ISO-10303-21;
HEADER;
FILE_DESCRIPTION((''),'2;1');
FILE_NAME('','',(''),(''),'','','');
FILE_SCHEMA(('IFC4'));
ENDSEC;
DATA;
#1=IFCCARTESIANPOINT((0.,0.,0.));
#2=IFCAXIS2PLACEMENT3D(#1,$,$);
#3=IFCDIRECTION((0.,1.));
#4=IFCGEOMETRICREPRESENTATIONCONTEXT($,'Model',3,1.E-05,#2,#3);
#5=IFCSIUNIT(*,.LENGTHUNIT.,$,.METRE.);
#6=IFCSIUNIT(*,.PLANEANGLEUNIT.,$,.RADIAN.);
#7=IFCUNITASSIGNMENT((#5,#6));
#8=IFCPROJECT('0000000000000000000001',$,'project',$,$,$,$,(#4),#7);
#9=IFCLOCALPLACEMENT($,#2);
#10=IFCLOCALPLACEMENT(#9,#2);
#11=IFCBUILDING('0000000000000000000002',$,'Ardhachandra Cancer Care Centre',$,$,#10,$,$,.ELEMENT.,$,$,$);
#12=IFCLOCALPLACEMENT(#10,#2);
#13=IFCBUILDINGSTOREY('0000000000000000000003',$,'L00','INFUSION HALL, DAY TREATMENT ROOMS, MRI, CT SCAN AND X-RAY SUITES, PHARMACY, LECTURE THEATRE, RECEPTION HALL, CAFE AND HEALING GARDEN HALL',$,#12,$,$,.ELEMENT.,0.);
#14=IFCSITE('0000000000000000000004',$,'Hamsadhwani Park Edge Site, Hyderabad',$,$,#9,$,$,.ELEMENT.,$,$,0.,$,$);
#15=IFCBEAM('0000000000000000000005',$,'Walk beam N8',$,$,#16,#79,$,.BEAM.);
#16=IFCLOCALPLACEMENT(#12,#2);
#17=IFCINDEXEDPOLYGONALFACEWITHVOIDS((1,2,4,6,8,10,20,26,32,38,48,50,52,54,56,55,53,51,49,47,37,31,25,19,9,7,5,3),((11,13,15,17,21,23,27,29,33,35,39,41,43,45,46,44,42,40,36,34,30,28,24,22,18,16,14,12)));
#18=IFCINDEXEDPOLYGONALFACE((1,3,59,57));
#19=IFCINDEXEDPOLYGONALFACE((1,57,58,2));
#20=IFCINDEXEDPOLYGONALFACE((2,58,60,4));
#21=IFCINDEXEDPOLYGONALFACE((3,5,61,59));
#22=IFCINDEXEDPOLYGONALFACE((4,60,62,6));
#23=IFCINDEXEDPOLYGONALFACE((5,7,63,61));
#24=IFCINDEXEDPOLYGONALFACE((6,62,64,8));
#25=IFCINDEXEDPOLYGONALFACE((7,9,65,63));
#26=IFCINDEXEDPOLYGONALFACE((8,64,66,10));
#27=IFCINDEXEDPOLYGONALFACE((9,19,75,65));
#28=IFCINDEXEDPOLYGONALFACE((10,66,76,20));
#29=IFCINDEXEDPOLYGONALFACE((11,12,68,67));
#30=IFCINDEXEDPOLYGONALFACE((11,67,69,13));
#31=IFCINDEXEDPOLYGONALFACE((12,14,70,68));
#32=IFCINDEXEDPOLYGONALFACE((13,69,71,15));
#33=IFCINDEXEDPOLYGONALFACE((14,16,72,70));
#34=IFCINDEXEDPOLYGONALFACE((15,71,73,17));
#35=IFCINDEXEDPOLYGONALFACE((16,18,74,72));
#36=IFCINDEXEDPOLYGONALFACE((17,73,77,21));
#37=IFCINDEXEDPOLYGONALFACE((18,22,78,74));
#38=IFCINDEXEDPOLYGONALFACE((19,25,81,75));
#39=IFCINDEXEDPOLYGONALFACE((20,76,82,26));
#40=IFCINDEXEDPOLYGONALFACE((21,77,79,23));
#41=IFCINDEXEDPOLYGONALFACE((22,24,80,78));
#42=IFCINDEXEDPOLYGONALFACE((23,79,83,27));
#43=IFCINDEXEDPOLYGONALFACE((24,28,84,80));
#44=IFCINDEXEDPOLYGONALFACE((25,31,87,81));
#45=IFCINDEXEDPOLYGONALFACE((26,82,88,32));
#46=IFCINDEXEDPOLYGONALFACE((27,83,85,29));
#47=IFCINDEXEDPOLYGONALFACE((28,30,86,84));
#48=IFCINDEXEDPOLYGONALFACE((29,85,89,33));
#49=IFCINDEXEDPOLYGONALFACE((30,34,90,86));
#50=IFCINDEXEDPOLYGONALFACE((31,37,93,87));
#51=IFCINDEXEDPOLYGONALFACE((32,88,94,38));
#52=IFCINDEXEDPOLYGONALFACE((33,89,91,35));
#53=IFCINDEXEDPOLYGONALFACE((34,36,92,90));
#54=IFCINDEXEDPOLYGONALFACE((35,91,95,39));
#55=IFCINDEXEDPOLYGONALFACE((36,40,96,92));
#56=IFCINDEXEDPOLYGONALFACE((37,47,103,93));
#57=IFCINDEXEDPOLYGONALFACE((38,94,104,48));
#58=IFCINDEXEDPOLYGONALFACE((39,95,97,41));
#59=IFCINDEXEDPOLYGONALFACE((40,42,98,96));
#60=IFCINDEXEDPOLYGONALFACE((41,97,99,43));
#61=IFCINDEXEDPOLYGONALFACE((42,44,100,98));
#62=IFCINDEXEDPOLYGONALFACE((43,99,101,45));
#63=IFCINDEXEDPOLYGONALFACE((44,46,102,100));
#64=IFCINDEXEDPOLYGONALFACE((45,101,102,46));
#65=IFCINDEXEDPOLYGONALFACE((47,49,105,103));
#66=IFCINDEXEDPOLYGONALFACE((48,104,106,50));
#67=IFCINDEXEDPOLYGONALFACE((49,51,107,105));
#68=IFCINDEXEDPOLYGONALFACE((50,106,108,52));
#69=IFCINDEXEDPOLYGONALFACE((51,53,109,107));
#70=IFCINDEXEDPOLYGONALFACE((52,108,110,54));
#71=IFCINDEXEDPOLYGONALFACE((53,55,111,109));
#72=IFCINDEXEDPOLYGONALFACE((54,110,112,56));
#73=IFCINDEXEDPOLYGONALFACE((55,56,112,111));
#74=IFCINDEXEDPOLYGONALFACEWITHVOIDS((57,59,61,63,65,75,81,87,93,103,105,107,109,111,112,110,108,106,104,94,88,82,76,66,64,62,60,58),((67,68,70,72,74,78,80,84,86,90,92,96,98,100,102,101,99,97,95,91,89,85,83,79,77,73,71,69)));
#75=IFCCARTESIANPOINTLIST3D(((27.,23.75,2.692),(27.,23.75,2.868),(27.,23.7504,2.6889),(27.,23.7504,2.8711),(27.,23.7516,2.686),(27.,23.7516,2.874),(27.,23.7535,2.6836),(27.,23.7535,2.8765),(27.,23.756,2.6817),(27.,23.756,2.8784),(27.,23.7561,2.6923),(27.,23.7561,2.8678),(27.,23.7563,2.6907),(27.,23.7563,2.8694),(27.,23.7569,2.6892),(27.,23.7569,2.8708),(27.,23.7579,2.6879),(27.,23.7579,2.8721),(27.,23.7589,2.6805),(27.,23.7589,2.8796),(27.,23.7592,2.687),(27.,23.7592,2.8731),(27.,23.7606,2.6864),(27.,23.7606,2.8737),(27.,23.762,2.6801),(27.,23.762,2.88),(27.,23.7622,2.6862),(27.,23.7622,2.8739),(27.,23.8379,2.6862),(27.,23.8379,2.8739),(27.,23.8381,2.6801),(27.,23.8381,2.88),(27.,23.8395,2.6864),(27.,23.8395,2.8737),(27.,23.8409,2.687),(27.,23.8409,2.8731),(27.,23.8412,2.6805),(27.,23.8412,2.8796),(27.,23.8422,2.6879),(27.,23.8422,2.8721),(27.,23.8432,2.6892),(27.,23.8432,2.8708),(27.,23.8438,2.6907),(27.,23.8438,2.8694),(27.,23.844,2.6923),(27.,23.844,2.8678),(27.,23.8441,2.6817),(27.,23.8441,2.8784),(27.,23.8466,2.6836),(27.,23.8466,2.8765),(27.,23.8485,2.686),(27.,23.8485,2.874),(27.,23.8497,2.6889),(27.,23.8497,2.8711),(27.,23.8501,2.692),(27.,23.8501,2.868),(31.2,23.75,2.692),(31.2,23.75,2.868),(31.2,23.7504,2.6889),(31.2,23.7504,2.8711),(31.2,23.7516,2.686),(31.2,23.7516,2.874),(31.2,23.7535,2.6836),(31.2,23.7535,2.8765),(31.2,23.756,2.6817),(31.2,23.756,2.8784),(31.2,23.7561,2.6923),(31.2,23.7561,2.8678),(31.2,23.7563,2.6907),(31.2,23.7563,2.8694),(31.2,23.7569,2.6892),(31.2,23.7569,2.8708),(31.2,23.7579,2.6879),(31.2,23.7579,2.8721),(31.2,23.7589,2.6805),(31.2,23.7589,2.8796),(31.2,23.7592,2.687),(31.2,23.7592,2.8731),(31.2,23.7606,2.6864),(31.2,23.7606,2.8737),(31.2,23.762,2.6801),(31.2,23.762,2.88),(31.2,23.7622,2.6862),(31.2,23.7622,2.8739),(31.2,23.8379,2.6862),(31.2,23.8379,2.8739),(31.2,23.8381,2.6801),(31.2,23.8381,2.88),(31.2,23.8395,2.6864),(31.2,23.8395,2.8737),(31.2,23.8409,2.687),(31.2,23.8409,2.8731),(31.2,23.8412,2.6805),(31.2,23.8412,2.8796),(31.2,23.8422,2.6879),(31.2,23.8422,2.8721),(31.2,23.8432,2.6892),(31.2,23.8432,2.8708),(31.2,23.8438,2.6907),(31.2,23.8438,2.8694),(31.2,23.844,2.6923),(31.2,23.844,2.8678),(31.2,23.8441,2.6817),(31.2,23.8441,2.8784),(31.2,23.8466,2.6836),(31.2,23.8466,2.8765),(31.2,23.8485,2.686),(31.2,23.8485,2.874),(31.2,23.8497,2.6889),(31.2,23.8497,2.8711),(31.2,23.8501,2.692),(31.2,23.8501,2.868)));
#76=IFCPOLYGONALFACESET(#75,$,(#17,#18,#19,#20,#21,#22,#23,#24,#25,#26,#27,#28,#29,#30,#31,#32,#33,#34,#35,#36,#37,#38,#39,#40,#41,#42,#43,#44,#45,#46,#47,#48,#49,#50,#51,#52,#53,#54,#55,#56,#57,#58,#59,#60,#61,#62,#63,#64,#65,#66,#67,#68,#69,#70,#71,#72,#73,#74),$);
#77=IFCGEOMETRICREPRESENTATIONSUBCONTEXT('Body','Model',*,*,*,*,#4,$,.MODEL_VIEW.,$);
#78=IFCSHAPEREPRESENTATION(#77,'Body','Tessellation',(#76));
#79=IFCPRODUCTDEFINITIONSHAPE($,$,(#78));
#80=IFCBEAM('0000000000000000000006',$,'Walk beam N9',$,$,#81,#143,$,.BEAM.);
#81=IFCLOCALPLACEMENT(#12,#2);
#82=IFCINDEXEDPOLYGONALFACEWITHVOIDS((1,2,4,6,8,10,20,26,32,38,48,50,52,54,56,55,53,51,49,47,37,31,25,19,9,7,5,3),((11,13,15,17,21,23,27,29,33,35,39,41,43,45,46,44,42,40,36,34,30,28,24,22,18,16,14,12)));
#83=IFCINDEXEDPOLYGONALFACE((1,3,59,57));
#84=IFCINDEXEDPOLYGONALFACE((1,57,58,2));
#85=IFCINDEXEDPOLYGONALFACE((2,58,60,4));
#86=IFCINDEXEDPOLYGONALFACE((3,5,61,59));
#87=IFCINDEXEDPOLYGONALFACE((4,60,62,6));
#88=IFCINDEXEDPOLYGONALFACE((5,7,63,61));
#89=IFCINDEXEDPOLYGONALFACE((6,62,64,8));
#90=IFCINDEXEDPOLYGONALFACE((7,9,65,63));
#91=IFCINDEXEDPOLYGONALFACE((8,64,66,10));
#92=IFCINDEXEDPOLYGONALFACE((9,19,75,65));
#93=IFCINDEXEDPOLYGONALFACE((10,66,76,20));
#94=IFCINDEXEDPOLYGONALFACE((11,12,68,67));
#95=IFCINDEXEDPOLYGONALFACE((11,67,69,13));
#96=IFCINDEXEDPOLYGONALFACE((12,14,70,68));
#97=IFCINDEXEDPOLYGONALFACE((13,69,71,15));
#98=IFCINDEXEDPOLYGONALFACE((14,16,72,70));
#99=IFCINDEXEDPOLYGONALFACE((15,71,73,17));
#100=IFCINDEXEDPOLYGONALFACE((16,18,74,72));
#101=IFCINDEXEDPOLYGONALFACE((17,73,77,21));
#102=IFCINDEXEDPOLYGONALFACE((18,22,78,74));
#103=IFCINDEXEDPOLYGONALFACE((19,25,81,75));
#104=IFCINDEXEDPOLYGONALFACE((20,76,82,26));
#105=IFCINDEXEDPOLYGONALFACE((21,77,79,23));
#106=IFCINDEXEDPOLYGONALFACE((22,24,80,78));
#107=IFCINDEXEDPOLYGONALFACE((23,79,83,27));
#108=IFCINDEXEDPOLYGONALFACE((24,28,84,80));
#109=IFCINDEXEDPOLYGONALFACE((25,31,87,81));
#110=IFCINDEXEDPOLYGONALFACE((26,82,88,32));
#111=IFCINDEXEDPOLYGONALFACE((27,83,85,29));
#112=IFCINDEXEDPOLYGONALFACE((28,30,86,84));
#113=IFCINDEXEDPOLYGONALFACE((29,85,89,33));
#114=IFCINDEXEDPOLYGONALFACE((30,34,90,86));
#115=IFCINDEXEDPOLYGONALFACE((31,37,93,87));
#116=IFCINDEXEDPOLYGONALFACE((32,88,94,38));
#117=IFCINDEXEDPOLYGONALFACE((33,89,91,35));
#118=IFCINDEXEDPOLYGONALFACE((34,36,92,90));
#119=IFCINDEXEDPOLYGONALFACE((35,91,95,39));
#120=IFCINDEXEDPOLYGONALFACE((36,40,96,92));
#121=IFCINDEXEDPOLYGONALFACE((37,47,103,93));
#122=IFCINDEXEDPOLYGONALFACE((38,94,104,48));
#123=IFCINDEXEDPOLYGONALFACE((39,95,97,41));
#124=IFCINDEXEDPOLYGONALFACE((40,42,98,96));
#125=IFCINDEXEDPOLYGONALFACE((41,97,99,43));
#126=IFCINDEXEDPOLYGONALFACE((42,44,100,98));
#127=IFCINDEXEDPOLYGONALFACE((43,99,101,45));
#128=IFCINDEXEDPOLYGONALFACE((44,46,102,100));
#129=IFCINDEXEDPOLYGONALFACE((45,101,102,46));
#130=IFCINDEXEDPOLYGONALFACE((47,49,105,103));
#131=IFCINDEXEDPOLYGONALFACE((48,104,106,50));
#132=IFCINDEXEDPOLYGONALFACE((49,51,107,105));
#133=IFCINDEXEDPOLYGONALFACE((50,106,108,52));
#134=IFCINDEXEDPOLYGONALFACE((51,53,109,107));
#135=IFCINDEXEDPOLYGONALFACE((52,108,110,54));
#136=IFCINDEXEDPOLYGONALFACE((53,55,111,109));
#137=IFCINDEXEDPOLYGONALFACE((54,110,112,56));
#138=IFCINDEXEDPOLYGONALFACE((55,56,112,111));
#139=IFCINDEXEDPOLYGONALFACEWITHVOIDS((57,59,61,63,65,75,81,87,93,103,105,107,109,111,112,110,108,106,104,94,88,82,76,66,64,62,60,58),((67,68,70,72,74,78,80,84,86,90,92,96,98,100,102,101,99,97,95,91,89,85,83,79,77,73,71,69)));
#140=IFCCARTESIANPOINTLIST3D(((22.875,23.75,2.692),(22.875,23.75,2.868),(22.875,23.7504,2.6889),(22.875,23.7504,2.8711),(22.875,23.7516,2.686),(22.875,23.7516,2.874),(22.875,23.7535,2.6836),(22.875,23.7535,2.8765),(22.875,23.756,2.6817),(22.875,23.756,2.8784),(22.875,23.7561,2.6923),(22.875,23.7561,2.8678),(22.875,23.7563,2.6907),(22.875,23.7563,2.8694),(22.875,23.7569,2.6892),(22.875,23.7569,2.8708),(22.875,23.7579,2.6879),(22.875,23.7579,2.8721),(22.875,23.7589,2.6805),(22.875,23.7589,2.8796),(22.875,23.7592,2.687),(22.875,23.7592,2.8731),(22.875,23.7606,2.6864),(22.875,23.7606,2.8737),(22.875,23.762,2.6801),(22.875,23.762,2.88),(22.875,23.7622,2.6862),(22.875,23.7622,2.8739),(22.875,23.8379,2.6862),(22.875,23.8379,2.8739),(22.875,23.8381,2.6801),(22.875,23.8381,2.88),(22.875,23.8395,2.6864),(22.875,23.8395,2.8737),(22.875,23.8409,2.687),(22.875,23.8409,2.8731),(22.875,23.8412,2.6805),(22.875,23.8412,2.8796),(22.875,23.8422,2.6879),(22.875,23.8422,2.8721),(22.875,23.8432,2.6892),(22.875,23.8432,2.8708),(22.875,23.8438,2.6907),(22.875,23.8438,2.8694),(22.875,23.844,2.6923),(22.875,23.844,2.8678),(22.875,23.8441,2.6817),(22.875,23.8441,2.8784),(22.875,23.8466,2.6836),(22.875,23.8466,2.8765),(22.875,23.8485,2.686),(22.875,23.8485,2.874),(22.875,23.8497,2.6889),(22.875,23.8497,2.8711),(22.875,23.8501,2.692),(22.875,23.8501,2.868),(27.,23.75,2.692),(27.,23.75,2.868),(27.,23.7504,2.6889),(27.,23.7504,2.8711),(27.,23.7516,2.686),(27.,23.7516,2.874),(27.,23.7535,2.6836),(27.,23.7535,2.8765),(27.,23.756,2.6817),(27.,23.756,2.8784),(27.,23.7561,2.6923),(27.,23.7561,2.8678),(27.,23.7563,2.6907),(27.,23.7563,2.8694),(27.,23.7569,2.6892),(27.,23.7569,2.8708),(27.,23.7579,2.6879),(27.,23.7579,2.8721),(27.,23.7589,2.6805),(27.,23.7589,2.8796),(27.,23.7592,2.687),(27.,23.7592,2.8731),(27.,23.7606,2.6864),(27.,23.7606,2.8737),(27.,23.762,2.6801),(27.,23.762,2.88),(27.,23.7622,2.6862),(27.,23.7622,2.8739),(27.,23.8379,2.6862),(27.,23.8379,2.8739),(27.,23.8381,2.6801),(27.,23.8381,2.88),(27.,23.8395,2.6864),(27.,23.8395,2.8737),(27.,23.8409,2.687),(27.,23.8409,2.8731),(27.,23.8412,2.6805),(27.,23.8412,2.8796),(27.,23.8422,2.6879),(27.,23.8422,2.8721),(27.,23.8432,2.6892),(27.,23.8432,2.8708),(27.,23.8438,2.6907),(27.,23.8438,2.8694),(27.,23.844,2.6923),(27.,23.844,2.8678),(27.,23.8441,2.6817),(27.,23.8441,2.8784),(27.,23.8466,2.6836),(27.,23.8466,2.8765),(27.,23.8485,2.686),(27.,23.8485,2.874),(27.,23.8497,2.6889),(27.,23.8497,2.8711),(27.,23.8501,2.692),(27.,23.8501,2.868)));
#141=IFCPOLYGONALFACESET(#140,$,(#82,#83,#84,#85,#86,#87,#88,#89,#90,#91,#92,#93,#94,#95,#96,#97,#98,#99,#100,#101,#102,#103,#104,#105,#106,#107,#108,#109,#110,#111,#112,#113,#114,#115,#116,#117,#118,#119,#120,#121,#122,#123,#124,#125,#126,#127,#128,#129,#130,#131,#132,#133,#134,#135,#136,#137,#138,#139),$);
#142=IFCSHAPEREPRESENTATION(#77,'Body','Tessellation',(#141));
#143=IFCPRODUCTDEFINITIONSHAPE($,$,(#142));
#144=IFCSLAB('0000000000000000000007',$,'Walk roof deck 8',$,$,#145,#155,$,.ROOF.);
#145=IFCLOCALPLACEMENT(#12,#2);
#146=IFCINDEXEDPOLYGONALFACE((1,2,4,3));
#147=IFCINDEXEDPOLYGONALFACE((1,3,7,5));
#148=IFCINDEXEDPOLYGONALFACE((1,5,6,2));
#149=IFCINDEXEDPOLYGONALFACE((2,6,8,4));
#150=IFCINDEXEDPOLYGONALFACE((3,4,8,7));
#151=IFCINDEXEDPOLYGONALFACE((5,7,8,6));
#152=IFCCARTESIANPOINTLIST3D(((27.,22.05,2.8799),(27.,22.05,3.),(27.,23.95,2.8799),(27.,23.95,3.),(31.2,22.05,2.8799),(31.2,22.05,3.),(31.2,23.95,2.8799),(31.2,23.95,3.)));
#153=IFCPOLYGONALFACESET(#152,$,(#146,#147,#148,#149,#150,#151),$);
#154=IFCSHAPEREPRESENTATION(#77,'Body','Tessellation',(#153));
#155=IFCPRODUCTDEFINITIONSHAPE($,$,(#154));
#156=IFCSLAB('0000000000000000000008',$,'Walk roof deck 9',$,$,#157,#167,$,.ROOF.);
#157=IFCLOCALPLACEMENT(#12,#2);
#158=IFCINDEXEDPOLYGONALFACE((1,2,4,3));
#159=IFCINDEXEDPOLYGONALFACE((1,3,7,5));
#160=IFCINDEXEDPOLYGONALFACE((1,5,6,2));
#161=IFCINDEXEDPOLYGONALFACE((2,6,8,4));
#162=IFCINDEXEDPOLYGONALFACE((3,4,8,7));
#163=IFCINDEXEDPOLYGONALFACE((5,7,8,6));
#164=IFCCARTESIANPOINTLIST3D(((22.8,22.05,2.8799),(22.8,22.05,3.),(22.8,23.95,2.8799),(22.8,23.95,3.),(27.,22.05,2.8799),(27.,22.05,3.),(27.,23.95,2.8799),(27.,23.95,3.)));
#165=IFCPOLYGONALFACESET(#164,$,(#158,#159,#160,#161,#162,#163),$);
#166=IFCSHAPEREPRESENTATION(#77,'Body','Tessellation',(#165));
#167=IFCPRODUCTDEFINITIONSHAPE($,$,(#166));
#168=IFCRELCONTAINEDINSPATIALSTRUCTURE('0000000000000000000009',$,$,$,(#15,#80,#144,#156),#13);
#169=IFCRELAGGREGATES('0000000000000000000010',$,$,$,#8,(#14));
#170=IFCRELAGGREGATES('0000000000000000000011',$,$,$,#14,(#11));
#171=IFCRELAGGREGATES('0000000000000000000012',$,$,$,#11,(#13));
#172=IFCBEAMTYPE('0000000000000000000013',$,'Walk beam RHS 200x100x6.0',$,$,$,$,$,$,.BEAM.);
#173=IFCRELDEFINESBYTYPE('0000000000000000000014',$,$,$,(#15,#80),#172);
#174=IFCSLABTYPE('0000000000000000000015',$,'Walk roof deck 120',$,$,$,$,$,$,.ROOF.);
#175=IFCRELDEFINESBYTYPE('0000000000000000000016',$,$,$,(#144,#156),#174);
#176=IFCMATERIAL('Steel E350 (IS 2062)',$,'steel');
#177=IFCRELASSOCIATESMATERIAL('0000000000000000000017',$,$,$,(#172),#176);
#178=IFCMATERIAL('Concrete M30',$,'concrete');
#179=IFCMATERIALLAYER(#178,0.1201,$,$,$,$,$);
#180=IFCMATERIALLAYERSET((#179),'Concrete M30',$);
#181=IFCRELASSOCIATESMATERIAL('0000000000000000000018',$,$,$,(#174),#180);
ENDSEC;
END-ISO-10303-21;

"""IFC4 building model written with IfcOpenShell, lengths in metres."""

from ifc_helpers import new_model, si_unit, direction, frame, origin, origin_2d, place, context, subcontext, project, spatial, polyline, hollow_rectangle, outline, extrude, material, layer, layer_set, material_profile, profile_set, type_object, element, save


model = new_model("IFC4")

# Units and contexts
model_context = context("Model", 3, precision=1e-05, world=origin(), true_north=direction((0.0, 1.0)))
body_context = subcontext(model_context, "Body", "Model", "MODEL_VIEW")
ifc_project = project(units=[si_unit("LENGTHUNIT", "METRE"), si_unit("PLANEANGLEUNIT", "RADIAN")], contexts=[model_context])

# Site, building, storey
site_placement = place(None, origin())
site = spatial("IfcSite", under=ifc_project, at=site_placement, Name="Hamsadhwani Park Edge Site, Hyderabad", CompositionType="ELEMENT", RefElevation=0.0)
building_placement = place(site_placement, origin())
building = spatial("IfcBuilding", under=site, at=building_placement, Name="Ardhachandra Cancer Care Centre", CompositionType="ELEMENT")
storey_placement = place(building_placement, origin())
storey = spatial("IfcBuildingStorey", under=building, at=storey_placement, Name="L00", Description="INFUSION HALL, DAY TREATMENT ROOMS, MRI, CT SCAN AND X-RAY SUITES, PHARMACY, LECTURE THEATRE, RECEPTION HALL, CAFE AND HEALING GARDEN HALL", CompositionType="ELEMENT", Elevation=0.0)

# Beams
ifc_material_1 = material(Name="Steel E350 (IS 2062)", Category="steel")
ifc_material_profile_1 = material_profile(ifc_material_1, hollow_rectangle(XDim=0.1001, YDim=0.2, WallThickness=0.0061, InnerFilletRadius=0.0061, OuterFilletRadius=0.012, at=origin_2d()), Name="RHS 200x100x6.0")
ifc_profile_set_1 = profile_set([ifc_material_profile_1], Name="Steel E350 (IS 2062)")
beam_type_1 = type_object("IfcBeamType", Name="Walk beam RHS 200x100x6.0", PredefinedType="BEAM", material=ifc_profile_set_1)
beam_1_placement = place(storey_placement, frame((27.0, 23.8, 2.78), z_axis=(1.0, 0.0, 0.0), x_axis=(0.0, 1.0, 0.0)))
element("IfcBeam", 1, at=beam_1_placement, inside=storey, type_object=beam_type_1, Name="Walk beam N8", PredefinedType="BEAM", context=body_context, shape_type="SweptSolid", body=[
    extrude(hollow_rectangle(XDim=0.1001, YDim=0.2, WallThickness=0.0061, InnerFilletRadius=0.0061, OuterFilletRadius=0.012, at=origin_2d()), origin(), (0.0, 0.0, 1.0), 4.2),
])
beam_2_placement = place(storey_placement, frame((22.875, 23.8, 2.78), z_axis=(1.0, 0.0, 0.0), x_axis=(0.0, 1.0, 0.0)))
element("IfcBeam", 2, at=beam_2_placement, inside=storey, type_object=beam_type_1, Name="Walk beam N9", PredefinedType="BEAM", context=body_context, shape_type="SweptSolid", body=[
    extrude(hollow_rectangle(XDim=0.1001, YDim=0.2, WallThickness=0.0061, InnerFilletRadius=0.0061, OuterFilletRadius=0.012, at=origin_2d()), origin(), (0.0, 0.0, 1.0), 4.125),
])

# Slabs
ifc_material_2 = material(Name="Concrete M30", Category="concrete")
ifc_layer_1 = layer(ifc_material_2, 0.1201)
ifc_layer_set_1 = layer_set([ifc_layer_1], Name="Concrete M30")
slab_type = type_object("IfcSlabType", Name="Walk roof deck 120", PredefinedType="ROOF", material=ifc_layer_set_1)
for number, where, z_axis, x_axis, name in (
    (3, (27.0, 22.05, 3.0), (0.0, 0.0, 1.0), (1.0, 0.0, 0.0), "Walk roof deck 8"),
    (4, (22.8, 22.05, 3.0), (0.0, 0.0, 1.0), (1.0, 0.0, 0.0), "Walk roof deck 9"),
):
    element("IfcSlab", number, at=place(storey_placement, frame(where, z_axis=z_axis, x_axis=x_axis)), inside=storey, type_object=slab_type, Name=name, PredefinedType="ROOF", context=body_context, shape_type="SweptSolid", body=[
        extrude(outline(polyline([(0.0, 0.0), (4.2, 0.0), (4.2, 1.8999), (0.0, 1.8999), (0.0, 0.0)])), origin(), (0.0, 0.0, -1.0), 0.1201),
    ])

save(model, "model.ifc")
